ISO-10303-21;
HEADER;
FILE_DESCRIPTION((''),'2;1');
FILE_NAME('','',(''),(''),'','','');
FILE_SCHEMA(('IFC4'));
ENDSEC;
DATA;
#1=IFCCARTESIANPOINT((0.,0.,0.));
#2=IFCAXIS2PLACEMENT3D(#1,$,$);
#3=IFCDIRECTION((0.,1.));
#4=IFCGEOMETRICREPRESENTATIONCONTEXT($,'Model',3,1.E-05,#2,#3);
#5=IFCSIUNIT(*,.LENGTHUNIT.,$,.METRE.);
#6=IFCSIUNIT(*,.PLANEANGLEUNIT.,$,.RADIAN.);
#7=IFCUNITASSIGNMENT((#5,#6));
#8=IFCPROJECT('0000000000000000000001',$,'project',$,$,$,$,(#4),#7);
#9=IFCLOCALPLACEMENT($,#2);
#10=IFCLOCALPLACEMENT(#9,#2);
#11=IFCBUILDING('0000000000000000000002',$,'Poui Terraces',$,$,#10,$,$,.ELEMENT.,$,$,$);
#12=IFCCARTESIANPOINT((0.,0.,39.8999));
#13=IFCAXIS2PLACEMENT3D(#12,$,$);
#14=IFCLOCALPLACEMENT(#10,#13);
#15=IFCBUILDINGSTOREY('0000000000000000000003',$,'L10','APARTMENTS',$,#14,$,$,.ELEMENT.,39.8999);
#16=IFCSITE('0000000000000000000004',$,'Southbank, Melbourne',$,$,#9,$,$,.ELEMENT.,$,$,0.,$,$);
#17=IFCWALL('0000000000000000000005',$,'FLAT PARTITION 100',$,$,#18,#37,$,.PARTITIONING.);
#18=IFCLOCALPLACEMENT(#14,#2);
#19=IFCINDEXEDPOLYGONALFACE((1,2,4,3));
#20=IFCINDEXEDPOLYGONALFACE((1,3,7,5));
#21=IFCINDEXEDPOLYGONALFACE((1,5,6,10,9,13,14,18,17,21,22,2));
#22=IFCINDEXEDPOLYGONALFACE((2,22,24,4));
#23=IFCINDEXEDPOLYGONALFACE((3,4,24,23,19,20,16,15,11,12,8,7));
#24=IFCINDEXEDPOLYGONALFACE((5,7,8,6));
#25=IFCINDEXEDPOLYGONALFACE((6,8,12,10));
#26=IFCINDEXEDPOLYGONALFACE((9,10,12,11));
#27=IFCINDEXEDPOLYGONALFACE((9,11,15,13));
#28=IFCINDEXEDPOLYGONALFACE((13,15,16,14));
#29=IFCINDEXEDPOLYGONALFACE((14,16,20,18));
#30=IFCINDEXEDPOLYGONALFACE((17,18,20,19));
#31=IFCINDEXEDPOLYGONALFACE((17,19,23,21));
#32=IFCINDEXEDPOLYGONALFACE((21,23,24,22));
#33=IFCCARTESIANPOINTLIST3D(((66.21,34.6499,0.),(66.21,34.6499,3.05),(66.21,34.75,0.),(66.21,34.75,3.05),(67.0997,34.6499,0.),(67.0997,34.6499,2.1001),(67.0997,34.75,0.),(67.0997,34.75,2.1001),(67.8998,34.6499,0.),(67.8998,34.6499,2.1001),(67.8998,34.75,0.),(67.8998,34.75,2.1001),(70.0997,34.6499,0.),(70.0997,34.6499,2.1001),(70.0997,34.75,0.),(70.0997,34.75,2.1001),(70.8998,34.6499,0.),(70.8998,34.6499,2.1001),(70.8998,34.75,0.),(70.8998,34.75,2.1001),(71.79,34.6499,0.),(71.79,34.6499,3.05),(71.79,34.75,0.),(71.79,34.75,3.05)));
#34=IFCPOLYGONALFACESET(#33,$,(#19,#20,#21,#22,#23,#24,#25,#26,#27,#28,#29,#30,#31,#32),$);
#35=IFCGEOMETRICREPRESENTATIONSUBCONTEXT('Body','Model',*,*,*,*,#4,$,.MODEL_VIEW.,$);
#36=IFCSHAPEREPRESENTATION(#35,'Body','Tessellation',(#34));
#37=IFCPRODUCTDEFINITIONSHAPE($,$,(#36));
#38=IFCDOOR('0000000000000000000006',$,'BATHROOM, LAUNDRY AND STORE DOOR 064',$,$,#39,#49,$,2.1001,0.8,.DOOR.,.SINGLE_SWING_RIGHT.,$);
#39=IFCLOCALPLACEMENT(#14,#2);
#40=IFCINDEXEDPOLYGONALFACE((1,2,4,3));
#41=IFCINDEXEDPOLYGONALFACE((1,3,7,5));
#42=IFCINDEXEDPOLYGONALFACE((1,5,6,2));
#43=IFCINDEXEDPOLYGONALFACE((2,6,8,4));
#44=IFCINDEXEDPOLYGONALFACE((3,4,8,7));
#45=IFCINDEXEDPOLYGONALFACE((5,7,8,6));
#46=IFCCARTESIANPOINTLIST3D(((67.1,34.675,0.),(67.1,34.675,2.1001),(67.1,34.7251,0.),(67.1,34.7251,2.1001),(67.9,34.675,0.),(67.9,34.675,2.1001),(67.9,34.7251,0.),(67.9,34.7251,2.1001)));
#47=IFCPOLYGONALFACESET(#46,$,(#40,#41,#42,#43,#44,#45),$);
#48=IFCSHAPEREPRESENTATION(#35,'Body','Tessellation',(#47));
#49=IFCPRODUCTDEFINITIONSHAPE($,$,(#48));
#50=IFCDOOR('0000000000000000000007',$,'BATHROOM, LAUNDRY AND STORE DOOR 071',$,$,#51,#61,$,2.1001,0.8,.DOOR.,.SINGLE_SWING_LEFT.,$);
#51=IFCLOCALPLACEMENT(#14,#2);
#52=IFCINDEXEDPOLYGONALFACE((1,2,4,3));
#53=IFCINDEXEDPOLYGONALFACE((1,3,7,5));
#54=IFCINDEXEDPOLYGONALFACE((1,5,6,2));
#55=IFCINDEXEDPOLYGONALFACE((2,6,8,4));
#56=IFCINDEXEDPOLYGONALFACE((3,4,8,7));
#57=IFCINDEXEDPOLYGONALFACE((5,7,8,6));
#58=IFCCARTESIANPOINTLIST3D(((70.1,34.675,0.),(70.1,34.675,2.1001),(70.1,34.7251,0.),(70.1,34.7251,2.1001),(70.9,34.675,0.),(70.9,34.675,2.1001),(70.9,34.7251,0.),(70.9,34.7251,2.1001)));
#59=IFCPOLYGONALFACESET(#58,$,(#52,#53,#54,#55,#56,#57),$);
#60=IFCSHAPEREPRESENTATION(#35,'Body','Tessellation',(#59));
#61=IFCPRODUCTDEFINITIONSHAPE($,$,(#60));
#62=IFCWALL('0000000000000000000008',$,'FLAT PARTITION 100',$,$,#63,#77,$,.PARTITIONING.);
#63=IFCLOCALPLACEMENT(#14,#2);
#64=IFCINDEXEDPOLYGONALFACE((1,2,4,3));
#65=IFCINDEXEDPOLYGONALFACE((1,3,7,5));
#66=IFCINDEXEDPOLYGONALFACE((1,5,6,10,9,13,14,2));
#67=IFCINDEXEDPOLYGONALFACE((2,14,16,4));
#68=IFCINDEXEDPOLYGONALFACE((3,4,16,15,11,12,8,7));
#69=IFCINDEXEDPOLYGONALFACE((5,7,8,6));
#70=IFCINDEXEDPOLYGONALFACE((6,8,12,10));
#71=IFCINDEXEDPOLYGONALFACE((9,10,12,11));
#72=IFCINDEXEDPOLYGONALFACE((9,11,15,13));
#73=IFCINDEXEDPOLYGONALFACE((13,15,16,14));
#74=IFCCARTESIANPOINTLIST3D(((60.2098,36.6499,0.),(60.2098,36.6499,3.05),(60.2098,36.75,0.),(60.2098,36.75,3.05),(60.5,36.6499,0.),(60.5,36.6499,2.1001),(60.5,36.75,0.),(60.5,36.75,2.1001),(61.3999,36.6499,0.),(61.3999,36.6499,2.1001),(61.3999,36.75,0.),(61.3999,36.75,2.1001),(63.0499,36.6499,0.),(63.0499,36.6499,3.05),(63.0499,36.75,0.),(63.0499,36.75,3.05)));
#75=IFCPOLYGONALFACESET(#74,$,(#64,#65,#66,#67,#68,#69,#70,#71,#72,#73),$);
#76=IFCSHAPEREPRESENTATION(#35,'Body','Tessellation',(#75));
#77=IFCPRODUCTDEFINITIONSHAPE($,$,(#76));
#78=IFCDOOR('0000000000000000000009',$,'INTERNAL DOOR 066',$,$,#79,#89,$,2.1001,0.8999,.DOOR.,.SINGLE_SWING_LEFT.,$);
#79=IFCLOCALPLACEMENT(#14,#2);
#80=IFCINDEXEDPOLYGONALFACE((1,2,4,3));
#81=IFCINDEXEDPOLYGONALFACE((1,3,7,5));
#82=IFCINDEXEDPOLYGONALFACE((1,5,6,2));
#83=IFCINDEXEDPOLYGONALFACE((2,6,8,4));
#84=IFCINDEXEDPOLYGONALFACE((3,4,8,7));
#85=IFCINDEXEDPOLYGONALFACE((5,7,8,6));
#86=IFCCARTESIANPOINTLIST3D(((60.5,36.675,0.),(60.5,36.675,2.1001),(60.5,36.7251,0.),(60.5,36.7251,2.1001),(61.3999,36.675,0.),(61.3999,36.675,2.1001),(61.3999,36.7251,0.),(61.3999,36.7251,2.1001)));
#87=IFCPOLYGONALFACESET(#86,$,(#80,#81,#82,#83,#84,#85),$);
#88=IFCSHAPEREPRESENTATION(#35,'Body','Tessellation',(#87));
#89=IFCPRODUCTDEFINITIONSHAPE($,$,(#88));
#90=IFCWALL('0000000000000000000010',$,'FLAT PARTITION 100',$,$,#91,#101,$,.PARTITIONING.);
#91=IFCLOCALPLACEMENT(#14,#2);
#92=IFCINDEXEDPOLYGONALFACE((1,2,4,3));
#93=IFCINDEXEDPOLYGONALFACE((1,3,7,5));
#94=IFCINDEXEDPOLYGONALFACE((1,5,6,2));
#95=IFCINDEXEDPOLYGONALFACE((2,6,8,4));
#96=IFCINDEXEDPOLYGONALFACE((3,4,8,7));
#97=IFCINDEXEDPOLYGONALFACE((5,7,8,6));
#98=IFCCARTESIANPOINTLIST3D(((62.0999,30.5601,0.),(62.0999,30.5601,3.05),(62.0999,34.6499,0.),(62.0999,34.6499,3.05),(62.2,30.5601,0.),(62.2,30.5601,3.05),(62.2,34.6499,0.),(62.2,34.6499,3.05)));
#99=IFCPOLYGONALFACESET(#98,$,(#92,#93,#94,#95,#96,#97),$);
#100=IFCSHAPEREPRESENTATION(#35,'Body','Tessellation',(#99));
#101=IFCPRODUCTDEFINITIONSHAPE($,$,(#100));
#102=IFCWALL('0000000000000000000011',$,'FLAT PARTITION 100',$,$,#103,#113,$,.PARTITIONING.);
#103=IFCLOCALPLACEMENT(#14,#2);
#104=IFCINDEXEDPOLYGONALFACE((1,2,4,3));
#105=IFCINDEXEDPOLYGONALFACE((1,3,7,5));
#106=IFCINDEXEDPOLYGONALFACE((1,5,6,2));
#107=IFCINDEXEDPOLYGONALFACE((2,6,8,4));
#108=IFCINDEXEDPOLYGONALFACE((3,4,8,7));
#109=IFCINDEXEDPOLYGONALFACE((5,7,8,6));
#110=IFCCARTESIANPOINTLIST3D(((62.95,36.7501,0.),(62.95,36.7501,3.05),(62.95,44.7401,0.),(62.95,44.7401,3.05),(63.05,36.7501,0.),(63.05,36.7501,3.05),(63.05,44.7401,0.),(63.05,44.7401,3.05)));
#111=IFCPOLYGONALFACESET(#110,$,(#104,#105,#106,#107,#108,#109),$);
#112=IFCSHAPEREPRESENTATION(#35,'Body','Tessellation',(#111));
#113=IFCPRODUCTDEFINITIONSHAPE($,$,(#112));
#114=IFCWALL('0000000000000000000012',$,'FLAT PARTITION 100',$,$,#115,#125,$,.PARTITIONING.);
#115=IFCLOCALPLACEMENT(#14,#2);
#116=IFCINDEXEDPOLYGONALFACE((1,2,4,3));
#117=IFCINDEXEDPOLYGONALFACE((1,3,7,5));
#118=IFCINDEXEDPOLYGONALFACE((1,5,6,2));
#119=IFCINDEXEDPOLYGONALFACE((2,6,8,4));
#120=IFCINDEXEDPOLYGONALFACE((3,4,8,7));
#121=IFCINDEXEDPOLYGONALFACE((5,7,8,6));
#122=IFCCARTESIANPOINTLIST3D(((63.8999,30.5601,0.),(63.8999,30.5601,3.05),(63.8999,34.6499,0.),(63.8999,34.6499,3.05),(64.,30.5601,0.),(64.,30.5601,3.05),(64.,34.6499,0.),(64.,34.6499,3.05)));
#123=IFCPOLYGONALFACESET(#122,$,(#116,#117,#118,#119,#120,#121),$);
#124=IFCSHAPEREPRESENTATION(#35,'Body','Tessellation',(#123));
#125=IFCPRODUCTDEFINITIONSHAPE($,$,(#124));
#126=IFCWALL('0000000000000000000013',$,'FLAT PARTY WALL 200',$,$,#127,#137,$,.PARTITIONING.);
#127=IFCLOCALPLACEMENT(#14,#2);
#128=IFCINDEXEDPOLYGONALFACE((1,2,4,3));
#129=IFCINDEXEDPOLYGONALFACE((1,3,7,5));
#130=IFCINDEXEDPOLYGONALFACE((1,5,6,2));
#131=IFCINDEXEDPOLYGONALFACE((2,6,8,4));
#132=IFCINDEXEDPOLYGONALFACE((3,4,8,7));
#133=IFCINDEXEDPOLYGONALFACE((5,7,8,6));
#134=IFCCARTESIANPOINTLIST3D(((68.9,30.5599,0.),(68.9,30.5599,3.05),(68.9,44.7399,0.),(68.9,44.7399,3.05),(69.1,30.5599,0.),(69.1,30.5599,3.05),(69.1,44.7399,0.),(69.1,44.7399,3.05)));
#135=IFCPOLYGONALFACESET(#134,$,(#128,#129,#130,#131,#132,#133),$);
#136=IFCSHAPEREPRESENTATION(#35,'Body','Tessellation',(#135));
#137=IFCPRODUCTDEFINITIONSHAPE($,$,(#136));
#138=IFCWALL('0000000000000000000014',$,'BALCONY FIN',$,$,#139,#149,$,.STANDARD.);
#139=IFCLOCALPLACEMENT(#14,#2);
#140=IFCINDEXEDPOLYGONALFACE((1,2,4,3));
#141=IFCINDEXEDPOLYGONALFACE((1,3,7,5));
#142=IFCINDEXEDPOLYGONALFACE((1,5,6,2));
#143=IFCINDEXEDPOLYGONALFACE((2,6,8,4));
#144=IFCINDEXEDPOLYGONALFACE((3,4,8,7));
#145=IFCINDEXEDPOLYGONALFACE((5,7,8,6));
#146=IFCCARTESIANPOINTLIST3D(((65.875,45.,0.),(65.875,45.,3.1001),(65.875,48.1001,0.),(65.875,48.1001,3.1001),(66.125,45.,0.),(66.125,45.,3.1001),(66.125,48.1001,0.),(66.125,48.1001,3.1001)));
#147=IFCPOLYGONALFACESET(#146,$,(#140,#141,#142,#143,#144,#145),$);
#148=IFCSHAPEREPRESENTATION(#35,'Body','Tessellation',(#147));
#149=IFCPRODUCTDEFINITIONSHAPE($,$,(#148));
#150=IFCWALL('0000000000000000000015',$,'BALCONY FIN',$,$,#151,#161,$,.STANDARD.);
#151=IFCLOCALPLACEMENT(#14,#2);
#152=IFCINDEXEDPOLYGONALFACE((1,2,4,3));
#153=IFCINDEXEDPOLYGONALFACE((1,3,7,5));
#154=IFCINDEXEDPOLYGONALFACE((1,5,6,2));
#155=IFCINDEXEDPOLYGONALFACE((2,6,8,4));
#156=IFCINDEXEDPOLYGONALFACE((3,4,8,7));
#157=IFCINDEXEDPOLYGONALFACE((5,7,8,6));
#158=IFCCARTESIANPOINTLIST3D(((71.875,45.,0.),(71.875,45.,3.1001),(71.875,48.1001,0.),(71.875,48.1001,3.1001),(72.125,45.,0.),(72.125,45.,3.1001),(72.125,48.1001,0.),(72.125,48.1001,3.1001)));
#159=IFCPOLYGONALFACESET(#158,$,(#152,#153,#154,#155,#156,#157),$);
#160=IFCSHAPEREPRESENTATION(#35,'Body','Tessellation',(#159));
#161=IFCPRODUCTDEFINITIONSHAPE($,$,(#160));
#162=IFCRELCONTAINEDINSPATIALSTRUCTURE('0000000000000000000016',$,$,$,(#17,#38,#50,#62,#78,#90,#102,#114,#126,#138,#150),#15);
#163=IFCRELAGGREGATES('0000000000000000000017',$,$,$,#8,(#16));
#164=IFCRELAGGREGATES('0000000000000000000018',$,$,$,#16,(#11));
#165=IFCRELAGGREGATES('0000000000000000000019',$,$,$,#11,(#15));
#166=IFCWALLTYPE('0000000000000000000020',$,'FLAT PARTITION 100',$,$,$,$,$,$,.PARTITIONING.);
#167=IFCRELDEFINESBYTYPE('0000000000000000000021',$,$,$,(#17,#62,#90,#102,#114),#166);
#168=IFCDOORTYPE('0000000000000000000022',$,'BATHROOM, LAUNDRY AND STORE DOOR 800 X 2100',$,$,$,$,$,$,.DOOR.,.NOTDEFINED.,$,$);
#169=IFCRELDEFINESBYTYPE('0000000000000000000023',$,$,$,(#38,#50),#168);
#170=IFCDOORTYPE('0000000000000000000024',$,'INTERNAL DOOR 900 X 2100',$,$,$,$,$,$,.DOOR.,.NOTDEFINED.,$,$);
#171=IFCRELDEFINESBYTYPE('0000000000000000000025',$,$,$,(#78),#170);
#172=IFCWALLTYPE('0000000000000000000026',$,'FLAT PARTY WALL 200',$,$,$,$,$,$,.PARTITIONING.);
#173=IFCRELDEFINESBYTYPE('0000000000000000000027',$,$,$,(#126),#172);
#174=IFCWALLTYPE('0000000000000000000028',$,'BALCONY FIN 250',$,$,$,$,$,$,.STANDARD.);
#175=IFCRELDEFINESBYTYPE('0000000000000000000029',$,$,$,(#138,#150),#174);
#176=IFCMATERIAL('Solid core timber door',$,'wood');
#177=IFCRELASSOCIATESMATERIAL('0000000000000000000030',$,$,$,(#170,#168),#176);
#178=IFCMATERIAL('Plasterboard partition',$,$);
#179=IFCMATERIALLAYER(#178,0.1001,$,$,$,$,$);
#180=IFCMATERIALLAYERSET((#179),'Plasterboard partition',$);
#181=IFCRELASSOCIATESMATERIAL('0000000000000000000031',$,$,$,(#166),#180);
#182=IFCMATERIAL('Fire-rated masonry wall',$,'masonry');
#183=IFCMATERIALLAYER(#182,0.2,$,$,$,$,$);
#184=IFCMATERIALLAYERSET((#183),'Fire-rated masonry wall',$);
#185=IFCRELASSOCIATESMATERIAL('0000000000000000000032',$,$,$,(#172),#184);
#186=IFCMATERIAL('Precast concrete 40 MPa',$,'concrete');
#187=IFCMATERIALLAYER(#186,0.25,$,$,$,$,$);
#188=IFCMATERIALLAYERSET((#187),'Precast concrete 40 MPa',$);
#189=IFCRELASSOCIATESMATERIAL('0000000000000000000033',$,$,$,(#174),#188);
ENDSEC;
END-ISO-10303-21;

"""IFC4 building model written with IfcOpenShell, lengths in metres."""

from ifc_helpers import new_model, si_unit, direction, frame, frame_2d, origin, place, context, subcontext, project, spatial, polyline, rectangle, outline, extrude, source, transform, mapped, material, layer, layer_set, type_object, element, fill, save


model = new_model("IFC4")

# Units and contexts
model_context = context("Model", 3, precision=1e-05, world=origin(), true_north=direction((0.0, 1.0)))
body_context = subcontext(model_context, "Body", "Model", "MODEL_VIEW")
ifc_project = project(units=[si_unit("LENGTHUNIT", "METRE"), si_unit("PLANEANGLEUNIT", "RADIAN")], contexts=[model_context])

# Site, building, storey
site_placement = place(None, origin())
site = spatial("IfcSite", under=ifc_project, at=site_placement, Name="Southbank, Melbourne", CompositionType="ELEMENT", RefElevation=0.0)
building_placement = place(site_placement, origin())
building = spatial("IfcBuilding", under=site, at=building_placement, Name="Poui Terraces", CompositionType="ELEMENT")
storey_placement = place(building_placement, frame((0.0, 0.0, 39.8999)))
storey = spatial("IfcBuildingStorey", under=building, at=storey_placement, Name="L10", Description="APARTMENTS", CompositionType="ELEMENT", Elevation=39.8999)

# Shared definitions
ifc_material_1 = material(Name="Solid core timber door", Category="wood")
door_type_1 = type_object("IfcDoorType", Name="INTERNAL DOOR 900 X 2100", OperationType="NOTDEFINED", PredefinedType="DOOR", material=ifc_material_1)
ifc_material_2 = material(Name="Plasterboard partition")
ifc_layer_1 = layer(ifc_material_2, 0.1001)
ifc_layer_set_1 = layer_set([ifc_layer_1], Name="Plasterboard partition")
wall_type_1 = type_object("IfcWallType", Name="FLAT PARTITION 100", PredefinedType="PARTITIONING", material=ifc_layer_set_1)
door_type_2 = type_object("IfcDoorType", Name="BATHROOM, LAUNDRY AND STORE DOOR 800 X 2100", OperationType="NOTDEFINED", PredefinedType="DOOR", material=ifc_material_1)

# Wall, openings, doors
wall_1_placement = place(storey_placement, frame((66.21, 34.7, 0.0), z_axis=(0.0, 0.0, 1.0), x_axis=(1.0, 0.0, 0.0)))
wall_1 = element("IfcWall", 1, at=wall_1_placement, inside=storey, type_object=wall_type_1, Name="FLAT PARTITION 100", PredefinedType="PARTITIONING", context=body_context, shape_type="SweptSolid", body=[
    extrude(rectangle(XDim=5.5801, YDim=0.1001, at=frame_2d((2.79, 0.0))), origin(), (0.0, 0.0, 1.0), 3.05),
])
opening_1_placement = place(wall_1_placement, frame((0.8899, 0.0, 0.0)))
opening_1 = element("IfcOpeningElement", 2, at=opening_1_placement, cuts=wall_1, PredefinedType="OPENING", context=body_context, shape_type="SweptSolid", body=[
    extrude(rectangle(XDim=0.8, YDim=2.1001, at=frame_2d((0.3999, 1.05))), frame((0.0, 0.0601, 0.0), z_axis=(0.0, -1.0, 0.0), x_axis=(1.0, 0.0, 0.0)), (0.0, 0.0, 1.0), 0.1201),
])
opening_2_placement = place(wall_1_placement, frame((3.8899, 0.0, 0.0)))
opening_2 = element("IfcOpeningElement", 3, at=opening_2_placement, cuts=wall_1, PredefinedType="OPENING", context=body_context, shape_type="SweptSolid", body=[
    extrude(rectangle(XDim=0.8, YDim=2.1001, at=frame_2d((0.3999, 1.05))), frame((0.0, 0.0601, 0.0), z_axis=(0.0, -1.0, 0.0), x_axis=(1.0, 0.0, 0.0)), (0.0, 0.0, 1.0), 0.1201),
])
door_1_placement = place(opening_1_placement, frame((0.8, 0.0, 0.0), z_axis=(0.0, 0.0, 1.0), x_axis=(-1.0, 0.0, 0.0)))
door_1 = element("IfcDoor", 4, at=door_1_placement, inside=storey, type_object=door_type_2, Name="BATHROOM, LAUNDRY AND STORE DOOR 064", OperationType="SINGLE_SWING_RIGHT", OverallHeight=2.1001, OverallWidth=0.8, PredefinedType="DOOR", context=body_context, shape_type="SweptSolid", body=[
    extrude(rectangle(XDim=0.8, YDim=2.1001, at=frame_2d((0.3999, 1.05))), frame((0.0, 0.0249, 0.0), z_axis=(0.0, -1.0, 0.0), x_axis=(1.0, 0.0, 0.0)), (0.0, 0.0, 1.0), 0.05),
])
fill(opening_1, door_1)
door_2_placement = place(opening_2_placement, frame((0.8, 0.0, 0.0), z_axis=(0.0, 0.0, 1.0), x_axis=(-1.0, 0.0, 0.0)))
door_2 = element("IfcDoor", 5, at=door_2_placement, inside=storey, type_object=door_type_2, Name="BATHROOM, LAUNDRY AND STORE DOOR 071", OperationType="SINGLE_SWING_LEFT", OverallHeight=2.1001, OverallWidth=0.8, PredefinedType="DOOR", context=body_context, shape_type="SweptSolid", body=[
    extrude(rectangle(XDim=0.8, YDim=2.1001, at=frame_2d((0.3999, 1.05))), frame((0.0, 0.0249, 0.0), z_axis=(0.0, -1.0, 0.0), x_axis=(1.0, 0.0, 0.0)), (0.0, 0.0, 1.0), 0.05),
])
fill(opening_2, door_2)

# Wall, opening, door
wall_2_placement = place(storey_placement, frame((60.21, 36.7, 0.0), z_axis=(0.0, 0.0, 1.0), x_axis=(1.0, 0.0, 0.0)))
wall_2 = element("IfcWall", 6, at=wall_2_placement, inside=storey, type_object=wall_type_1, Name="FLAT PARTITION 100", PredefinedType="PARTITIONING", context=body_context, shape_type="SweptSolid", body=[
    extrude(rectangle(XDim=2.8401, YDim=0.1001, at=frame_2d((1.4199, 0.0))), origin(), (0.0, 0.0, 1.0), 3.05),
])
opening_3_placement = place(wall_2_placement, frame((0.29, 0.0, 0.0)))
opening_3 = element("IfcOpeningElement", 7, at=opening_3_placement, cuts=wall_2, PredefinedType="OPENING", context=body_context, shape_type="SweptSolid", body=[
    extrude(rectangle(XDim=0.8999, YDim=2.1001, at=frame_2d((0.45, 1.05))), frame((0.0, 0.0601, 0.0), z_axis=(0.0, -1.0, 0.0), x_axis=(1.0, 0.0, 0.0)), (0.0, 0.0, 1.0), 0.1201),
])
door_3_placement = place(opening_3_placement, frame((0.8999, 0.0, 0.0), z_axis=(0.0, 0.0, 1.0), x_axis=(-1.0, 0.0, 0.0)))
door_3 = element("IfcDoor", 8, at=door_3_placement, inside=storey, type_object=door_type_1, Name="INTERNAL DOOR 066", OperationType="SINGLE_SWING_LEFT", OverallHeight=2.1001, OverallWidth=0.8999, PredefinedType="DOOR", context=body_context, shape_type="SweptSolid", body=[
    extrude(rectangle(XDim=0.8999, YDim=2.1001, at=frame_2d((0.45, 1.05))), frame((0.0, 0.0249, 0.0), z_axis=(0.0, -1.0, 0.0), x_axis=(1.0, 0.0, 0.0)), (0.0, 0.0, 1.0), 0.05),
])
fill(opening_3, door_3)

# Walls
wall_3_placement = place(storey_placement, frame((62.1499, 30.5601, 0.0), z_axis=(0.0, 0.0, 1.0), x_axis=(0.0, 1.0, 0.0)))
element("IfcWall", 9, at=wall_3_placement, inside=storey, type_object=wall_type_1, Name="FLAT PARTITION 100", PredefinedType="PARTITIONING", context=body_context, shape_type="SweptSolid", body=[
    extrude(rectangle(XDim=4.0898, YDim=0.1001, at=frame_2d((2.0449, 0.0))), origin(), (0.0, 0.0, 1.0), 3.05),
])
wall_4_placement = place(storey_placement, frame((63.0, 36.75, 0.0), z_axis=(0.0, 0.0, 1.0), x_axis=(0.0, 1.0, 0.0)))
element("IfcWall", 10, at=wall_4_placement, inside=storey, type_object=wall_type_1, Name="FLAT PARTITION 100", PredefinedType="PARTITIONING", context=body_context, shape_type="SweptSolid", body=[
    extrude(rectangle(XDim=7.99, YDim=0.1001, at=frame_2d((3.9951, 0.0))), origin(), (0.0, 0.0, 1.0), 3.05),
])
wall_5_placement = place(storey_placement, frame((63.95, 30.5601, 0.0), z_axis=(0.0, 0.0, 1.0), x_axis=(0.0, 1.0, 0.0)))
element("IfcWall", 11, at=wall_5_placement, inside=storey, type_object=wall_type_1, Name="FLAT PARTITION 100", PredefinedType="PARTITIONING", context=body_context, shape_type="SweptSolid", body=[
    extrude(rectangle(XDim=4.0898, YDim=0.1001, at=frame_2d((2.0449, 0.0))), origin(), (0.0, 0.0, 1.0), 3.05),
])
ifc_material_3 = material(Name="Fire-rated masonry wall", Category="masonry")
ifc_layer_2 = layer(ifc_material_3, 0.2)
ifc_layer_set_2 = layer_set([ifc_layer_2], Name="Fire-rated masonry wall")
wall_type_2 = type_object("IfcWallType", Name="FLAT PARTY WALL 200", PredefinedType="PARTITIONING", material=ifc_layer_set_2)
wall_6_placement = place(storey_placement, frame((69.0, 30.5601, 0.0), z_axis=(0.0, 0.0, 1.0), x_axis=(0.0, 1.0, 0.0)))
element("IfcWall", 12, at=wall_6_placement, inside=storey, type_object=wall_type_2, Name="FLAT PARTY WALL 200", PredefinedType="PARTITIONING", context=body_context, shape_type="SweptSolid", body=[
    extrude(rectangle(XDim=14.1799, YDim=0.2, at=frame_2d((7.0898, 0.0))), origin(), (0.0, 0.0, 1.0), 3.05),
])
ifc_material_4 = material(Name="Precast concrete 40 MPa", Category="concrete")
ifc_layer_3 = layer(ifc_material_4, 0.25)
ifc_layer_set_3 = layer_set([ifc_layer_3], Name="Precast concrete 40 MPa")
wall_type_3 = type_object("IfcWallType", Name="BALCONY FIN 250", PredefinedType="STANDARD", material=ifc_layer_set_3)
shared_shape_1 = source(origin(), body_context, "Body", "SweptSolid", [
    extrude(outline(polyline([(0.0, 0.0), (0.25, 0.0), (0.25, 3.1001), (0.0, 3.1001), (0.0, 0.0)])), origin(), (0.0, 0.0, 1.0), 3.1001),
])
for number, where, name in (
    (13, (65.875, 45.0, 0.0), "BALCONY FIN"),
    (14, (71.875, 45.0, 0.0), "BALCONY FIN"),
):
    element("IfcWall", number, at=place(storey_placement, frame(where)), inside=storey, type_object=wall_type_3, Name=name, PredefinedType="STANDARD", context=body_context, shape_type="MappedRepresentation", body=[
        mapped(shared_shape_1, transform((0.0, 0.0, 0.0))),
    ])

save(model, "model.ifc")
